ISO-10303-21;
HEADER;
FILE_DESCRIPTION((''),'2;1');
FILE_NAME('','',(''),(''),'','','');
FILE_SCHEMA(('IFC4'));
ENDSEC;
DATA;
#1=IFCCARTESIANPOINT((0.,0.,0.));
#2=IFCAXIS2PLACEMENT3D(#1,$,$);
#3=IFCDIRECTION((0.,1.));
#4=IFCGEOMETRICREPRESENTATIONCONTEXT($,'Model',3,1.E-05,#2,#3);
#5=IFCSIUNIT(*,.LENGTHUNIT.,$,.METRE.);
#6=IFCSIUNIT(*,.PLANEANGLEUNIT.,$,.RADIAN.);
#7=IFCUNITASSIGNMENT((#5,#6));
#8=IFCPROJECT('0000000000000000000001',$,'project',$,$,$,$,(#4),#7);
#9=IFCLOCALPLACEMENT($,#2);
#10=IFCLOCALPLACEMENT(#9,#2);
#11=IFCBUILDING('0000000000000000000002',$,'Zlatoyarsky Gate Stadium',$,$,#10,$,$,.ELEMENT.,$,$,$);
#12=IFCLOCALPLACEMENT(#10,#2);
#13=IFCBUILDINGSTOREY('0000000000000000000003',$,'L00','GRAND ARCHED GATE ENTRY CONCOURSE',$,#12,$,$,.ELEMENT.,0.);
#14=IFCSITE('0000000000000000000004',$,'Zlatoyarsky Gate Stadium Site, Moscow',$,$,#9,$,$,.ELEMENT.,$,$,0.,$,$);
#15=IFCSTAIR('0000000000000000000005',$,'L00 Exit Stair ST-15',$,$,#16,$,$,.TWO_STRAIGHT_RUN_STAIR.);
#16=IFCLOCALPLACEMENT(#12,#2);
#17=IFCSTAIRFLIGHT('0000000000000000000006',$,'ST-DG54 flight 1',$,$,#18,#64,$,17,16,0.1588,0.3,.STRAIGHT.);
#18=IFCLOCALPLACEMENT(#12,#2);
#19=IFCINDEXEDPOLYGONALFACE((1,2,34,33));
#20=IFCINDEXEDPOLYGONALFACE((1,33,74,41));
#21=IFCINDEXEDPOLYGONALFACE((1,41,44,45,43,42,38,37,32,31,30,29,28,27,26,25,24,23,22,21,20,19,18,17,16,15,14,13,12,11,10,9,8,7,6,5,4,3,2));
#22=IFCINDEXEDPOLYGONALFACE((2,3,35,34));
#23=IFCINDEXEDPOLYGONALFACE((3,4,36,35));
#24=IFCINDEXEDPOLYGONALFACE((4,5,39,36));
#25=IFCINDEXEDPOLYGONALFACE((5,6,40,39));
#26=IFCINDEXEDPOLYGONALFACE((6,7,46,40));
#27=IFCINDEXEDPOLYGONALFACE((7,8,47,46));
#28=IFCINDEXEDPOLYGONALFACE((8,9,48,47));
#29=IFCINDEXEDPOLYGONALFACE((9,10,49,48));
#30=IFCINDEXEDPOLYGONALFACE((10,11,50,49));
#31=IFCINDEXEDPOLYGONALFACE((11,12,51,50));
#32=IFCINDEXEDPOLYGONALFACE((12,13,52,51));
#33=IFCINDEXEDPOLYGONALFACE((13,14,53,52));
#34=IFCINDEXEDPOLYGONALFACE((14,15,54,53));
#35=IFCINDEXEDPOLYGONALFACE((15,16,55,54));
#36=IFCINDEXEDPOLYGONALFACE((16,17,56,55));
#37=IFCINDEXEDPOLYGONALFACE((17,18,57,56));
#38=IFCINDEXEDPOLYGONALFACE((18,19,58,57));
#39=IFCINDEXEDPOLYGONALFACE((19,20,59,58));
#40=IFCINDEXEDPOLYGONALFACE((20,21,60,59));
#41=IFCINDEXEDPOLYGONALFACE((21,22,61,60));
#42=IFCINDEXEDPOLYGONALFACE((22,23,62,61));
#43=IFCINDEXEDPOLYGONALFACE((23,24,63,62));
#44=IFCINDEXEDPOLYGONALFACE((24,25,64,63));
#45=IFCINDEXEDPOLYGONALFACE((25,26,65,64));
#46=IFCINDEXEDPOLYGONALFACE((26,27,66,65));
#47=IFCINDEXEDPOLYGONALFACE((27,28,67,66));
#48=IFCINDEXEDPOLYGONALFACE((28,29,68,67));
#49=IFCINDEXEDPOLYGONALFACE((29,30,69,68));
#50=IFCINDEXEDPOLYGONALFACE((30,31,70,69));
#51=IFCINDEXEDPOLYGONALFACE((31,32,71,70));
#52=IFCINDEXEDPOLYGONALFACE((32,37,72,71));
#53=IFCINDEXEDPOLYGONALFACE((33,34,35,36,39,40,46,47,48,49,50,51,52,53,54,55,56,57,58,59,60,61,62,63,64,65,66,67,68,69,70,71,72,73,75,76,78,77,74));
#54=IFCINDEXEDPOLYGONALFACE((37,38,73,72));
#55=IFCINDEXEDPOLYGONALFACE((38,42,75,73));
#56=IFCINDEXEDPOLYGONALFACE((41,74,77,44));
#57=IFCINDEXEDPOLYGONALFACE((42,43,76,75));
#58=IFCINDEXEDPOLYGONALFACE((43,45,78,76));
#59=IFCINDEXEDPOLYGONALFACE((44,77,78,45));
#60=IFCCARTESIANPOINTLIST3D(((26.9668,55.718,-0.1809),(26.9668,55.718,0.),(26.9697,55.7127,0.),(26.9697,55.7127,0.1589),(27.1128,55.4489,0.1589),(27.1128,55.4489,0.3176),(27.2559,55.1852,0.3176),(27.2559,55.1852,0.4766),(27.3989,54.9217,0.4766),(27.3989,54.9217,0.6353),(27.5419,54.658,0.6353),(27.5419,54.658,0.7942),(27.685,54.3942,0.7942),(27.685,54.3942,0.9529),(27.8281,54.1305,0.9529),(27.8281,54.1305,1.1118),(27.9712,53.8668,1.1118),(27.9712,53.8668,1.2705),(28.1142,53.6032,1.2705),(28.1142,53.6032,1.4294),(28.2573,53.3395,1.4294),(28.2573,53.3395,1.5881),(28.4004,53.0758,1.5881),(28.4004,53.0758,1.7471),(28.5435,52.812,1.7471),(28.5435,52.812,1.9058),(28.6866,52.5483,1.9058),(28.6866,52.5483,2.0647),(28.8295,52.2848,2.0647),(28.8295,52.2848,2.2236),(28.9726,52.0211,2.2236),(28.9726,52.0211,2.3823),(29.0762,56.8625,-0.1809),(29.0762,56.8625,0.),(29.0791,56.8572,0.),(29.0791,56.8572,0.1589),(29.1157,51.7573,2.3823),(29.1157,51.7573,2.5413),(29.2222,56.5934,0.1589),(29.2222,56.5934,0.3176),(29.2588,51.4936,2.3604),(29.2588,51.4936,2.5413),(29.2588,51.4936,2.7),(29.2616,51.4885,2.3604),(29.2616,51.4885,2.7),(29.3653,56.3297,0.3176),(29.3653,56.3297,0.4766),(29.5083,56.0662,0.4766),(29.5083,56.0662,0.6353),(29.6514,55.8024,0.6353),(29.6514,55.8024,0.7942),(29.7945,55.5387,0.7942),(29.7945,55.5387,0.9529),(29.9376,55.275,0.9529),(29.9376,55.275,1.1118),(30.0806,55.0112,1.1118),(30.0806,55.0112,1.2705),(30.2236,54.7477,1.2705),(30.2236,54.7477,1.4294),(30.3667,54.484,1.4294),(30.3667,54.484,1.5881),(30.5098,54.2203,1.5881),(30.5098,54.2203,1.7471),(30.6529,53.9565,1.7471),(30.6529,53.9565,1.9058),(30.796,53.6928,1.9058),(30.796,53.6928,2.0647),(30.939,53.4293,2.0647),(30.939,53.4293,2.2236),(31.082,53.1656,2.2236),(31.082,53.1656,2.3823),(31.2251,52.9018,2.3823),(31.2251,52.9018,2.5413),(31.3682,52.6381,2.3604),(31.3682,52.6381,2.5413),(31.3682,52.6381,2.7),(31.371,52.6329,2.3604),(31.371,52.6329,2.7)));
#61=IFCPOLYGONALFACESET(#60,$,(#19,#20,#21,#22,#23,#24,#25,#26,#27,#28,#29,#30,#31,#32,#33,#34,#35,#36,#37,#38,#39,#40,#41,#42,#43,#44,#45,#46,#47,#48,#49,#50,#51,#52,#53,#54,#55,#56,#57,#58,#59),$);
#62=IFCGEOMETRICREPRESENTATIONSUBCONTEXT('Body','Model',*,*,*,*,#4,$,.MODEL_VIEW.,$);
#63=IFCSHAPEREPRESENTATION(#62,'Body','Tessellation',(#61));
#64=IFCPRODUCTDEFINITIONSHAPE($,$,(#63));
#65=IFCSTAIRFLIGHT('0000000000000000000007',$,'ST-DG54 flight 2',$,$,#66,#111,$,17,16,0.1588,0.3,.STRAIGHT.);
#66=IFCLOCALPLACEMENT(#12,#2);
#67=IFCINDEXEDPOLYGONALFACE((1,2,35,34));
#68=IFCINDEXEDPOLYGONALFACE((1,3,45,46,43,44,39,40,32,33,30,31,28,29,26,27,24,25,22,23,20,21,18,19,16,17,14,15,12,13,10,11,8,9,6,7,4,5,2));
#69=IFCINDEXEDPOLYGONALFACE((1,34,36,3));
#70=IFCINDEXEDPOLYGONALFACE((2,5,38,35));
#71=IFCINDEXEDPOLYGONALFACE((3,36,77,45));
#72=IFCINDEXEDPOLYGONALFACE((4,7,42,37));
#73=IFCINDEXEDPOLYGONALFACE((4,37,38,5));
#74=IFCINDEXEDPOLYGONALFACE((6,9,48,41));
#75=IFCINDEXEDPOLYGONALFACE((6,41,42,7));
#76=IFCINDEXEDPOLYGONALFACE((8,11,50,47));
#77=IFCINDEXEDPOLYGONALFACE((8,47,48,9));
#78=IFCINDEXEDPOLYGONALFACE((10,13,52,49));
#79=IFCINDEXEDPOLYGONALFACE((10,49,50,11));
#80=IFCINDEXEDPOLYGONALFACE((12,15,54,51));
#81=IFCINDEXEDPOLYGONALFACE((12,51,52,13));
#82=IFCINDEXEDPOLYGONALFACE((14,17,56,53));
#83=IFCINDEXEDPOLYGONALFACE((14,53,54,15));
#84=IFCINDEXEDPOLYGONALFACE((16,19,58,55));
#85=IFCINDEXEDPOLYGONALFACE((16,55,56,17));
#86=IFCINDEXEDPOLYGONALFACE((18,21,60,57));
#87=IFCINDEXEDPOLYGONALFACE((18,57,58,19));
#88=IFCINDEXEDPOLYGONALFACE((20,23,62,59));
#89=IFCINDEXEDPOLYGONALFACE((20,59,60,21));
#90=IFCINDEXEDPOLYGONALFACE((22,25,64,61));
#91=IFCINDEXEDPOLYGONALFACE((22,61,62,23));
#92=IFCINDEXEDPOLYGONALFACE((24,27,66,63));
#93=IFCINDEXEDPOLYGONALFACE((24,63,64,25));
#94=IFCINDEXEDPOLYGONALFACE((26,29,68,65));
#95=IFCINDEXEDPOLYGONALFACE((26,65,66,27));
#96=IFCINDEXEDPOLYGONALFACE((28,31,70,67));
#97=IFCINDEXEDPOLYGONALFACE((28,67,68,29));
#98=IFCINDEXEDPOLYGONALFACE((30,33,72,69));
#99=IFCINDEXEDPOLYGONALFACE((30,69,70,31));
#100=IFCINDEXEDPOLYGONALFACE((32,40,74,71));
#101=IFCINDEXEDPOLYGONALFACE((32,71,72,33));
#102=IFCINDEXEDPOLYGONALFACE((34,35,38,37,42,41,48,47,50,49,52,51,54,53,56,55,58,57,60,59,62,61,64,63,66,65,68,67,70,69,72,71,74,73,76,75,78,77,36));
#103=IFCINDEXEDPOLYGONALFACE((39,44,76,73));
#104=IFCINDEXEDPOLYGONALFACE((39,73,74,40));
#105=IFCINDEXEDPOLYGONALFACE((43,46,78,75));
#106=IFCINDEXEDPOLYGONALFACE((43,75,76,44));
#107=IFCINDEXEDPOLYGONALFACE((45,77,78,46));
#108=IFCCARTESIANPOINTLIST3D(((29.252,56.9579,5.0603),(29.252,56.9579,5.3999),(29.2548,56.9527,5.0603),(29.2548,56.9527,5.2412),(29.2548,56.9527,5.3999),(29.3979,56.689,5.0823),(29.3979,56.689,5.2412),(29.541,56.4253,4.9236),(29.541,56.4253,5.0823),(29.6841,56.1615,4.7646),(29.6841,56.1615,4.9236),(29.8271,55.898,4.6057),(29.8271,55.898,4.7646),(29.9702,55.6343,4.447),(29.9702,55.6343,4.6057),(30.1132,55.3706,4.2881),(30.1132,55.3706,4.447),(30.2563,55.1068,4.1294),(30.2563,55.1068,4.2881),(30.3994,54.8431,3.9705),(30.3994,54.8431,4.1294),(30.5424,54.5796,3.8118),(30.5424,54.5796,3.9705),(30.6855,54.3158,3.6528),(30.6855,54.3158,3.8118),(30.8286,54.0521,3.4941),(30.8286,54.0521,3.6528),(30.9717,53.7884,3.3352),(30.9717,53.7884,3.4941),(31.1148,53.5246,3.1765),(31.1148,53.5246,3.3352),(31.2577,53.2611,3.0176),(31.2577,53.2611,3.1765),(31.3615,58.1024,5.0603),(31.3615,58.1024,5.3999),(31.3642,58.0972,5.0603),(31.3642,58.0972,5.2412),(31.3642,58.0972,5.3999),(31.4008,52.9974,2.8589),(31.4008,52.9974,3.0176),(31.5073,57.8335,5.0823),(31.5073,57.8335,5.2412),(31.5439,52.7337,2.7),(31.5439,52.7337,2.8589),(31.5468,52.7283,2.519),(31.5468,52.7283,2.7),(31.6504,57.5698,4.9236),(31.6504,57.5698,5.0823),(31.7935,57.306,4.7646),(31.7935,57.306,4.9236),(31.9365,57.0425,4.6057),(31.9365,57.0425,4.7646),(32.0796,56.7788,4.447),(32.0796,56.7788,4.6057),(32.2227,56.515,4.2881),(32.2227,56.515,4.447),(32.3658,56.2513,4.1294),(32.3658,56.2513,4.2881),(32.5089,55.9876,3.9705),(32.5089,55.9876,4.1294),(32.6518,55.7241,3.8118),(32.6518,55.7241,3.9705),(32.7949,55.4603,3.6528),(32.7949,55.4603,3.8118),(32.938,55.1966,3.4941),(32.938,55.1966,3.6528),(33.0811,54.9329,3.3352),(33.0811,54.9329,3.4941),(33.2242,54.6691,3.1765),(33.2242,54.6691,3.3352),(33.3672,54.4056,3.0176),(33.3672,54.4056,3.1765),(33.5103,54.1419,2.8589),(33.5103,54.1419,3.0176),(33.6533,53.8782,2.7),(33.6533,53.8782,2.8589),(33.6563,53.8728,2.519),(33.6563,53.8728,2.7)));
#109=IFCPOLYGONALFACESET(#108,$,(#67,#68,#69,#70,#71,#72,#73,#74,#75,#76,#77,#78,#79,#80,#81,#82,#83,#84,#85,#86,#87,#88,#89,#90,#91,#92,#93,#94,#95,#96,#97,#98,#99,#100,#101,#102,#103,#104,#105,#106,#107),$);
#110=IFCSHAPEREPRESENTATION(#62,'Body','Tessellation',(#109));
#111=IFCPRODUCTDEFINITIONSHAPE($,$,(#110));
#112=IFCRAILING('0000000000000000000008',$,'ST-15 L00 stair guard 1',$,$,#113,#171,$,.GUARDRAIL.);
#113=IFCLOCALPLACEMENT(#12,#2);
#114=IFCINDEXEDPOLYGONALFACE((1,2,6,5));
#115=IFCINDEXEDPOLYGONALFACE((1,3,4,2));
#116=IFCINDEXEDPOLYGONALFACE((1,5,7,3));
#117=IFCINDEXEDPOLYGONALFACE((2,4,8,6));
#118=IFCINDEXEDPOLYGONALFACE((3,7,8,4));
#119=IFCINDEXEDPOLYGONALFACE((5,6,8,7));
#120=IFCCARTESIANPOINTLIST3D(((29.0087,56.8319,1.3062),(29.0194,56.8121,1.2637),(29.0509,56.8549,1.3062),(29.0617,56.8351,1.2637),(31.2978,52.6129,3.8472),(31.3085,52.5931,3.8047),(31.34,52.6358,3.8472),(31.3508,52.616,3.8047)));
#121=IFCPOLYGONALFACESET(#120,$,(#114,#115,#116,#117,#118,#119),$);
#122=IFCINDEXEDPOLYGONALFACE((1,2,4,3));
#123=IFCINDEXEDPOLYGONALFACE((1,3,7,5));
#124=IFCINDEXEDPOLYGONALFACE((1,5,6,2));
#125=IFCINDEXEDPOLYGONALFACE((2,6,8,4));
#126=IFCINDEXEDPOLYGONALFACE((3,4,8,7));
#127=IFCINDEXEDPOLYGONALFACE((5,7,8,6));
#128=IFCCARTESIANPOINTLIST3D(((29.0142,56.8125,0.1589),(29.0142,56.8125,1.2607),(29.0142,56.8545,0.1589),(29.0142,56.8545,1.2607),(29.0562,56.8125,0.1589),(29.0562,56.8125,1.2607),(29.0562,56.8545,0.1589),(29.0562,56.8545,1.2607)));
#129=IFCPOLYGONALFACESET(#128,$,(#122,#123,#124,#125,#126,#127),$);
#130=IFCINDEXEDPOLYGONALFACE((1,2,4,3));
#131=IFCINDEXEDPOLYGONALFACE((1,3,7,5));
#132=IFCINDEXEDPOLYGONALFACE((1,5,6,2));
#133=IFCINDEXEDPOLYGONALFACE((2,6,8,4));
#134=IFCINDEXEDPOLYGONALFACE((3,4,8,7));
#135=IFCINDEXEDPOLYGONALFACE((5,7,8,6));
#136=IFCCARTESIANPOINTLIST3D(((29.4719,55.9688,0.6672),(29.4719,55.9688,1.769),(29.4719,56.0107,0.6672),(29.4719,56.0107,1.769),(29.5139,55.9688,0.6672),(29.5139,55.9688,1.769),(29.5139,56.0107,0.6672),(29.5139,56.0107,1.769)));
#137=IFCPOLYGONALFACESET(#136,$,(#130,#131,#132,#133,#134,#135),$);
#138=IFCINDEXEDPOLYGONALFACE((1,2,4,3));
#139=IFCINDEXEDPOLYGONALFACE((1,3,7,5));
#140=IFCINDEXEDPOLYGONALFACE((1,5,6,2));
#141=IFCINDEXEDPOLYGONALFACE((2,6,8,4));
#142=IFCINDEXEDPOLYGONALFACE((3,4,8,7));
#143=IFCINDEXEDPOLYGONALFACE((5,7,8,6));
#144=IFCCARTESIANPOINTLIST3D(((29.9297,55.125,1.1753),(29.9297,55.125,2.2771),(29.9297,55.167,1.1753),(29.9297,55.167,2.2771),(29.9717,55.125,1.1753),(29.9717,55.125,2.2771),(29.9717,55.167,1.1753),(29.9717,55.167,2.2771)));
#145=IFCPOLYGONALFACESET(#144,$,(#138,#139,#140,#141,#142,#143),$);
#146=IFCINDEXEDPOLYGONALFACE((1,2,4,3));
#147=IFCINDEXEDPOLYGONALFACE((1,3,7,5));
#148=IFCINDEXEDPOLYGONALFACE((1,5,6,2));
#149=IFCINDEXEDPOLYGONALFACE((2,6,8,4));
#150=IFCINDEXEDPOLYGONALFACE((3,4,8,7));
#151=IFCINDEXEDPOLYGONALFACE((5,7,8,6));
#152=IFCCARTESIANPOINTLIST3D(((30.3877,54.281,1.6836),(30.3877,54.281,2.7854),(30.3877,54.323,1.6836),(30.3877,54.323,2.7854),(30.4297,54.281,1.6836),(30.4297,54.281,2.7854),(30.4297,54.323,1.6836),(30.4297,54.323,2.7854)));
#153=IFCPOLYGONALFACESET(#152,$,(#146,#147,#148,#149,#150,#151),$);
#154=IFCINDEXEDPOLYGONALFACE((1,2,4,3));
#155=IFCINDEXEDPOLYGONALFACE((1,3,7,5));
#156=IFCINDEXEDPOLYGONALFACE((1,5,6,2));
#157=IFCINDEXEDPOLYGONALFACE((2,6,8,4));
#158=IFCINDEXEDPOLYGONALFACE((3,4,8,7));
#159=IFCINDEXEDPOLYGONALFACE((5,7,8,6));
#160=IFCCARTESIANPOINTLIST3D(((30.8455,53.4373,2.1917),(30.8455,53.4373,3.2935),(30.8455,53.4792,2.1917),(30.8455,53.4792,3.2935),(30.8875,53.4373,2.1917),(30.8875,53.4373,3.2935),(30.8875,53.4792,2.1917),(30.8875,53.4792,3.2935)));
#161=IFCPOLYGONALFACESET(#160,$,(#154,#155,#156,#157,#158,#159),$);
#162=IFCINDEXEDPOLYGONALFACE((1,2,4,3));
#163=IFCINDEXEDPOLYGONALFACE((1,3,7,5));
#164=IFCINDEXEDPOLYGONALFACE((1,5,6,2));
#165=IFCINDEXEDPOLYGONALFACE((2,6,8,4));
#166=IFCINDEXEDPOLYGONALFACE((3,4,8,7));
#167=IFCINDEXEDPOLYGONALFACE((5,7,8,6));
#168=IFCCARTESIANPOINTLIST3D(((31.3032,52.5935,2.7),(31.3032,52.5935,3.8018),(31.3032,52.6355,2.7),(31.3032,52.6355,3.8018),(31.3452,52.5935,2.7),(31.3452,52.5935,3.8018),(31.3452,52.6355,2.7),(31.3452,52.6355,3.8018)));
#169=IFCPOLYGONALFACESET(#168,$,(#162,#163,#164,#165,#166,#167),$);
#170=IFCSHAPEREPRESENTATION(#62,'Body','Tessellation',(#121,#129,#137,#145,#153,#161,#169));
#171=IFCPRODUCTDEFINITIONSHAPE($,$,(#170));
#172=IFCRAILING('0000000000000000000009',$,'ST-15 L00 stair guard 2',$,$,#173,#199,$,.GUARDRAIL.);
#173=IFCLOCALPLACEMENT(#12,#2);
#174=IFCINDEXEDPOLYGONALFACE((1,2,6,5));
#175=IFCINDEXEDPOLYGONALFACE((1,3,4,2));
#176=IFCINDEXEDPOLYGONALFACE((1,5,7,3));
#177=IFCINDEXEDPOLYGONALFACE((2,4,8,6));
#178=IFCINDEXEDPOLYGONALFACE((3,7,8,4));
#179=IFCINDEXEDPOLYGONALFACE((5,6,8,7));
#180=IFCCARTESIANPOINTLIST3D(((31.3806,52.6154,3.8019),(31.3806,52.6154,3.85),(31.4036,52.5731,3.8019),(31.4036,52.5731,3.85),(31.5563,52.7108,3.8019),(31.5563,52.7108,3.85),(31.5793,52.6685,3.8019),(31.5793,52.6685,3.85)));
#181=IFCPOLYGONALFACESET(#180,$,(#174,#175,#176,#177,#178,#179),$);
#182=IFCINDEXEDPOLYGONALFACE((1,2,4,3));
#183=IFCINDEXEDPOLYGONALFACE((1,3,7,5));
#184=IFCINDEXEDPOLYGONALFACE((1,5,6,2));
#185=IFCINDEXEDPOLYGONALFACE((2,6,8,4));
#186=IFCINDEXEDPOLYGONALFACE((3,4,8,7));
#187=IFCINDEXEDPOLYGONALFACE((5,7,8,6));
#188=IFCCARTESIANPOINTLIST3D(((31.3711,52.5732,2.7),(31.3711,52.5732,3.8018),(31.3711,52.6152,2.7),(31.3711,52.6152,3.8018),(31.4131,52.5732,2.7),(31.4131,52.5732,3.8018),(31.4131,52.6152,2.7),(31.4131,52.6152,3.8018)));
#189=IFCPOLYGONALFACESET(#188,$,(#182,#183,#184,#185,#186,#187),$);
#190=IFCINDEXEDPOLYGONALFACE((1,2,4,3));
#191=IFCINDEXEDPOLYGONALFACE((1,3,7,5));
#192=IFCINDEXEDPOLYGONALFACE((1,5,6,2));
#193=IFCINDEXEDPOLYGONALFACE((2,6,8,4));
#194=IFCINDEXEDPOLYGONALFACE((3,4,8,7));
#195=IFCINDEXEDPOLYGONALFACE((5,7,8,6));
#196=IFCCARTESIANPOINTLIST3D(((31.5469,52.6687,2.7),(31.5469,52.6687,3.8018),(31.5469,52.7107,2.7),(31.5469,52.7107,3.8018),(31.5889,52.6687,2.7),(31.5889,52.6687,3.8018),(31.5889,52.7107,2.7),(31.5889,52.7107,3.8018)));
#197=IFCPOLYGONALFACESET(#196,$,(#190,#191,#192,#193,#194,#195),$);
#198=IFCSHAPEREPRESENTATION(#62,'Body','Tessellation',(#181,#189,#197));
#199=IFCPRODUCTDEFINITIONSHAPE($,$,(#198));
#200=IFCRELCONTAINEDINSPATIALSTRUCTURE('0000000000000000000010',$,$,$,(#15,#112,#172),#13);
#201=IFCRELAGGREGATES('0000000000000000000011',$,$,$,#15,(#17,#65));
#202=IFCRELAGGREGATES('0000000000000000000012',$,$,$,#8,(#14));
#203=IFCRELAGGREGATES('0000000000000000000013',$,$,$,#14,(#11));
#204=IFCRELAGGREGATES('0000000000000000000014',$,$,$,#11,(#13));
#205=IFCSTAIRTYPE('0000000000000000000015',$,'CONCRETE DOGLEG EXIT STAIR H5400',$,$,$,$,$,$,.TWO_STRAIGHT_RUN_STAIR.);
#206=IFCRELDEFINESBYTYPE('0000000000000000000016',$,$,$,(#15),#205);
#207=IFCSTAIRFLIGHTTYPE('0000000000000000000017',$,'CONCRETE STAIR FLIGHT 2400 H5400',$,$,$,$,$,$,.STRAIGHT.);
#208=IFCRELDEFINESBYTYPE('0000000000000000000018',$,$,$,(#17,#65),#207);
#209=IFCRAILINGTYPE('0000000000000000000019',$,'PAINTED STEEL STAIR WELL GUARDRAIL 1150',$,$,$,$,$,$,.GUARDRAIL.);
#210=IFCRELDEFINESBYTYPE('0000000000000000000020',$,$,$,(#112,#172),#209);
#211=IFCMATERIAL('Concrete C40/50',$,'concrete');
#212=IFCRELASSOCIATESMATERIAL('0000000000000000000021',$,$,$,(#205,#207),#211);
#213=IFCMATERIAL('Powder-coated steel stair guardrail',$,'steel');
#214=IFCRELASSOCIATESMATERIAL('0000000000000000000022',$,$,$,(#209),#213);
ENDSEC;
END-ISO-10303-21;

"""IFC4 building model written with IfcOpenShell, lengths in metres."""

from ifc_helpers import new_model, si_unit, direction, frame, origin, origin_2d, place, context, subcontext, project, spatial, polyline, rectangle, outline, extrude, material, type_object, element, aggregate, save


model = new_model("IFC4")

# Units and contexts
model_context = context("Model", 3, precision=1e-05, world=origin(), true_north=direction((0.0, 1.0)))
body_context = subcontext(model_context, "Body", "Model", "MODEL_VIEW")
ifc_project = project(units=[si_unit("LENGTHUNIT", "METRE"), si_unit("PLANEANGLEUNIT", "RADIAN")], contexts=[model_context])

# Site, building, storey
site_placement = place(None, origin())
site = spatial("IfcSite", under=ifc_project, at=site_placement, Name="Zlatoyarsky Gate Stadium Site, Moscow", CompositionType="ELEMENT", RefElevation=0.0)
building_placement = place(site_placement, origin())
building = spatial("IfcBuilding", under=site, at=building_placement, Name="Zlatoyarsky Gate Stadium", CompositionType="ELEMENT")
storey_placement = place(building_placement, origin())
storey = spatial("IfcBuildingStorey", under=building, at=storey_placement, Name="L00", Description="GRAND ARCHED GATE ENTRY CONCOURSE", CompositionType="ELEMENT", Elevation=0.0)

# Shared definitions
ifc_material_1 = material(Name="Concrete C40/50", Category="concrete")

# Stair, stair flights
stair_type = type_object("IfcStairType", Name="CONCRETE DOGLEG EXIT STAIR H5400", PredefinedType="TWO_STRAIGHT_RUN_STAIR", material=ifc_material_1)
stair_placement = place(storey_placement, origin())
stair = element("IfcStair", 1, at=stair_placement, inside=storey, type_object=stair_type, Name="L00 Exit Stair ST-15", PredefinedType="TWO_STRAIGHT_RUN_STAIR")
stair_flight_type = type_object("IfcStairFlightType", Name="CONCRETE STAIR FLIGHT 2400 H5400", PredefinedType="STRAIGHT", material=ifc_material_1)
stair_flight_1_placement = place(storey_placement, frame((28.0244, 56.2849, 0.0), z_axis=(0.0, 0.0, 1.0), x_axis=(0.47689, -0.878963, 0.0)))
stair_flight_1 = element("IfcStairFlight", 2, at=stair_flight_1_placement, type_object=stair_flight_type, Name="ST-DG54 flight 1", NumberOfRisers=17, NumberOfTreads=16, PredefinedType="STRAIGHT", RiserHeight=0.1588, TreadLength=0.3, context=body_context, shape_type="SweptSolid", body=[
    extrude(outline(polyline([(-0.0061, -0.1809), (-0.0061, 0.0), (0.0, 0.0), (0.0, 0.1589), (0.3, 0.1589), (0.3, 0.3176), (0.6001, 0.3176), (0.6001, 0.4766), (0.8999, 0.4766), (0.8999, 0.6353), (1.2, 0.6353), (1.2, 0.7942), (1.5, 0.7942), (1.5, 0.9529), (1.8, 0.9529), (1.8, 1.1118), (2.1001, 1.1118), (2.1001, 1.2705), (2.3999, 1.2705), (2.3999, 1.4294), (2.7, 1.4294), (2.7, 1.5881), (3.0, 1.5881), (3.0, 1.7471), (3.3, 1.7471), (3.3, 1.9058), (3.6001, 1.9058), (3.6001, 2.0647), (3.8999, 2.0647), (3.8999, 2.2236), (4.2, 2.2236), (4.2, 2.3823), (4.5, 2.3823), (4.5, 2.5413), (4.8, 2.5413), (4.8, 2.7), (4.8059, 2.7), (4.8059, 2.3604), (4.8, 2.3604), (-0.0061, -0.1809)])), frame((0.0, 1.2, 0.0), z_axis=(0.0, -1.0, 0.0), x_axis=(1.0, 0.0, 0.0)), (0.0, 0.0, 1.0), 2.3999),
])
stair_flight_2_placement = place(storey_placement, frame((32.5986, 53.3059, 2.7), z_axis=(0.0, 0.0, 1.0), x_axis=(-0.47689, 0.878963, 0.0)))
stair_flight_2 = element("IfcStairFlight", 3, at=stair_flight_2_placement, type_object=stair_flight_type, Name="ST-DG54 flight 2", NumberOfRisers=17, NumberOfTreads=16, PredefinedType="STRAIGHT", RiserHeight=0.1588, TreadLength=0.3, context=body_context, shape_type="SweptSolid", body=[
    extrude(outline(polyline([(-0.0061, -0.1809), (-0.0061, 0.0), (0.0, 0.0), (0.0, 0.1589), (0.3, 0.1589), (0.3, 0.3176), (0.6001, 0.3176), (0.6001, 0.4766), (0.8999, 0.4766), (0.8999, 0.6353), (1.2, 0.6353), (1.2, 0.7942), (1.5, 0.7942), (1.5, 0.9529), (1.8, 0.9529), (1.8, 1.1118), (2.1001, 1.1118), (2.1001, 1.2705), (2.3999, 1.2705), (2.3999, 1.4294), (2.7, 1.4294), (2.7, 1.5881), (3.0, 1.5881), (3.0, 1.7471), (3.3, 1.7471), (3.3, 1.9058), (3.6001, 1.9058), (3.6001, 2.0647), (3.8999, 2.0647), (3.8999, 2.2236), (4.2, 2.2236), (4.2, 2.3823), (4.5, 2.3823), (4.5, 2.5413), (4.8, 2.5413), (4.8, 2.7), (4.8059, 2.7), (4.8059, 2.3604), (4.8, 2.3604), (-0.0061, -0.1809)])), frame((0.0, 1.2, 0.0), z_axis=(0.0, -1.0, 0.0), x_axis=(1.0, 0.0, 0.0)), (0.0, 0.0, 1.0), 2.3999),
])
aggregate(stair, [stair_flight_1, stair_flight_2])

# Railings
ifc_material_2 = material(Name="Powder-coated steel stair guardrail", Category="steel")
railing_type_1 = type_object("IfcRailingType", Name="PAINTED STEEL STAIR WELL GUARDRAIL 1150", PredefinedType="GUARDRAIL", material=ifc_material_2)
railing_1_placement = place(storey_placement, frame((29.0352, 56.8335, 0.1589)))
element("IfcRailing", 4, at=railing_1_placement, inside=storey, type_object=railing_type_1, Name="ST-15 L00 stair guard 1", PredefinedType="GUARDRAIL", context=body_context, shape_type="SweptSolid", body=[
    extrude(rectangle(XDim=0.0481, YDim=0.0481, at=origin_2d()), frame((0.0, 0.0, 1.126), z_axis=(0.421476, -0.776826, 0.467867), x_axis=(0.878962, 0.476891, 0.0)), (0.0, 0.0, 1.0), 5.4312),
    extrude(rectangle(XDim=0.042, YDim=0.042, at=origin_2d()), origin(), (0.0, 0.0, 1.0), 1.1018),
    extrude(rectangle(XDim=0.042, YDim=0.042, at=origin_2d()), frame((0.4578, -0.8438, 0.5083)), (0.0, 0.0, 1.0), 1.1018),
    extrude(rectangle(XDim=0.042, YDim=0.042, at=origin_2d()), frame((0.9155, -1.6875, 1.0164)), (0.0, 0.0, 1.0), 1.1018),
    extrude(rectangle(XDim=0.042, YDim=0.042, at=origin_2d()), frame((1.3735, -2.5315, 1.5247)), (0.0, 0.0, 1.0), 1.1018),
    extrude(rectangle(XDim=0.042, YDim=0.042, at=origin_2d()), frame((1.8313, -3.3752, 2.0327)), (0.0, 0.0, 1.0), 1.1018),
    extrude(rectangle(XDim=0.042, YDim=0.042, at=origin_2d()), frame((2.2891, -4.219, 2.541)), (0.0, 0.0, 1.0), 1.1018),
])
railing_2_placement = place(storey_placement, frame((31.3921, 52.5942, 2.7)))
element("IfcRailing", 5, at=railing_2_placement, inside=storey, type_object=railing_type_1, Name="ST-15 L00 stair guard 2", PredefinedType="GUARDRAIL", context=body_context, shape_type="SweptSolid", body=[
    extrude(rectangle(XDim=0.0481, YDim=0.0481, at=origin_2d()), frame((0.0, 0.0, 1.126), z_axis=(0.87878, 0.477227, 0.0), x_axis=(-0.477227, 0.87878, 0.0)), (0.0, 0.0, 1.0), 0.2),
    extrude(rectangle(XDim=0.042, YDim=0.042, at=origin_2d()), origin(), (0.0, 0.0, 1.0), 1.1018),
    extrude(rectangle(XDim=0.042, YDim=0.042, at=origin_2d()), frame((0.1758, 0.0955, 0.0)), (0.0, 0.0, 1.0), 1.1018),
])

save(model, "model.ifc")
